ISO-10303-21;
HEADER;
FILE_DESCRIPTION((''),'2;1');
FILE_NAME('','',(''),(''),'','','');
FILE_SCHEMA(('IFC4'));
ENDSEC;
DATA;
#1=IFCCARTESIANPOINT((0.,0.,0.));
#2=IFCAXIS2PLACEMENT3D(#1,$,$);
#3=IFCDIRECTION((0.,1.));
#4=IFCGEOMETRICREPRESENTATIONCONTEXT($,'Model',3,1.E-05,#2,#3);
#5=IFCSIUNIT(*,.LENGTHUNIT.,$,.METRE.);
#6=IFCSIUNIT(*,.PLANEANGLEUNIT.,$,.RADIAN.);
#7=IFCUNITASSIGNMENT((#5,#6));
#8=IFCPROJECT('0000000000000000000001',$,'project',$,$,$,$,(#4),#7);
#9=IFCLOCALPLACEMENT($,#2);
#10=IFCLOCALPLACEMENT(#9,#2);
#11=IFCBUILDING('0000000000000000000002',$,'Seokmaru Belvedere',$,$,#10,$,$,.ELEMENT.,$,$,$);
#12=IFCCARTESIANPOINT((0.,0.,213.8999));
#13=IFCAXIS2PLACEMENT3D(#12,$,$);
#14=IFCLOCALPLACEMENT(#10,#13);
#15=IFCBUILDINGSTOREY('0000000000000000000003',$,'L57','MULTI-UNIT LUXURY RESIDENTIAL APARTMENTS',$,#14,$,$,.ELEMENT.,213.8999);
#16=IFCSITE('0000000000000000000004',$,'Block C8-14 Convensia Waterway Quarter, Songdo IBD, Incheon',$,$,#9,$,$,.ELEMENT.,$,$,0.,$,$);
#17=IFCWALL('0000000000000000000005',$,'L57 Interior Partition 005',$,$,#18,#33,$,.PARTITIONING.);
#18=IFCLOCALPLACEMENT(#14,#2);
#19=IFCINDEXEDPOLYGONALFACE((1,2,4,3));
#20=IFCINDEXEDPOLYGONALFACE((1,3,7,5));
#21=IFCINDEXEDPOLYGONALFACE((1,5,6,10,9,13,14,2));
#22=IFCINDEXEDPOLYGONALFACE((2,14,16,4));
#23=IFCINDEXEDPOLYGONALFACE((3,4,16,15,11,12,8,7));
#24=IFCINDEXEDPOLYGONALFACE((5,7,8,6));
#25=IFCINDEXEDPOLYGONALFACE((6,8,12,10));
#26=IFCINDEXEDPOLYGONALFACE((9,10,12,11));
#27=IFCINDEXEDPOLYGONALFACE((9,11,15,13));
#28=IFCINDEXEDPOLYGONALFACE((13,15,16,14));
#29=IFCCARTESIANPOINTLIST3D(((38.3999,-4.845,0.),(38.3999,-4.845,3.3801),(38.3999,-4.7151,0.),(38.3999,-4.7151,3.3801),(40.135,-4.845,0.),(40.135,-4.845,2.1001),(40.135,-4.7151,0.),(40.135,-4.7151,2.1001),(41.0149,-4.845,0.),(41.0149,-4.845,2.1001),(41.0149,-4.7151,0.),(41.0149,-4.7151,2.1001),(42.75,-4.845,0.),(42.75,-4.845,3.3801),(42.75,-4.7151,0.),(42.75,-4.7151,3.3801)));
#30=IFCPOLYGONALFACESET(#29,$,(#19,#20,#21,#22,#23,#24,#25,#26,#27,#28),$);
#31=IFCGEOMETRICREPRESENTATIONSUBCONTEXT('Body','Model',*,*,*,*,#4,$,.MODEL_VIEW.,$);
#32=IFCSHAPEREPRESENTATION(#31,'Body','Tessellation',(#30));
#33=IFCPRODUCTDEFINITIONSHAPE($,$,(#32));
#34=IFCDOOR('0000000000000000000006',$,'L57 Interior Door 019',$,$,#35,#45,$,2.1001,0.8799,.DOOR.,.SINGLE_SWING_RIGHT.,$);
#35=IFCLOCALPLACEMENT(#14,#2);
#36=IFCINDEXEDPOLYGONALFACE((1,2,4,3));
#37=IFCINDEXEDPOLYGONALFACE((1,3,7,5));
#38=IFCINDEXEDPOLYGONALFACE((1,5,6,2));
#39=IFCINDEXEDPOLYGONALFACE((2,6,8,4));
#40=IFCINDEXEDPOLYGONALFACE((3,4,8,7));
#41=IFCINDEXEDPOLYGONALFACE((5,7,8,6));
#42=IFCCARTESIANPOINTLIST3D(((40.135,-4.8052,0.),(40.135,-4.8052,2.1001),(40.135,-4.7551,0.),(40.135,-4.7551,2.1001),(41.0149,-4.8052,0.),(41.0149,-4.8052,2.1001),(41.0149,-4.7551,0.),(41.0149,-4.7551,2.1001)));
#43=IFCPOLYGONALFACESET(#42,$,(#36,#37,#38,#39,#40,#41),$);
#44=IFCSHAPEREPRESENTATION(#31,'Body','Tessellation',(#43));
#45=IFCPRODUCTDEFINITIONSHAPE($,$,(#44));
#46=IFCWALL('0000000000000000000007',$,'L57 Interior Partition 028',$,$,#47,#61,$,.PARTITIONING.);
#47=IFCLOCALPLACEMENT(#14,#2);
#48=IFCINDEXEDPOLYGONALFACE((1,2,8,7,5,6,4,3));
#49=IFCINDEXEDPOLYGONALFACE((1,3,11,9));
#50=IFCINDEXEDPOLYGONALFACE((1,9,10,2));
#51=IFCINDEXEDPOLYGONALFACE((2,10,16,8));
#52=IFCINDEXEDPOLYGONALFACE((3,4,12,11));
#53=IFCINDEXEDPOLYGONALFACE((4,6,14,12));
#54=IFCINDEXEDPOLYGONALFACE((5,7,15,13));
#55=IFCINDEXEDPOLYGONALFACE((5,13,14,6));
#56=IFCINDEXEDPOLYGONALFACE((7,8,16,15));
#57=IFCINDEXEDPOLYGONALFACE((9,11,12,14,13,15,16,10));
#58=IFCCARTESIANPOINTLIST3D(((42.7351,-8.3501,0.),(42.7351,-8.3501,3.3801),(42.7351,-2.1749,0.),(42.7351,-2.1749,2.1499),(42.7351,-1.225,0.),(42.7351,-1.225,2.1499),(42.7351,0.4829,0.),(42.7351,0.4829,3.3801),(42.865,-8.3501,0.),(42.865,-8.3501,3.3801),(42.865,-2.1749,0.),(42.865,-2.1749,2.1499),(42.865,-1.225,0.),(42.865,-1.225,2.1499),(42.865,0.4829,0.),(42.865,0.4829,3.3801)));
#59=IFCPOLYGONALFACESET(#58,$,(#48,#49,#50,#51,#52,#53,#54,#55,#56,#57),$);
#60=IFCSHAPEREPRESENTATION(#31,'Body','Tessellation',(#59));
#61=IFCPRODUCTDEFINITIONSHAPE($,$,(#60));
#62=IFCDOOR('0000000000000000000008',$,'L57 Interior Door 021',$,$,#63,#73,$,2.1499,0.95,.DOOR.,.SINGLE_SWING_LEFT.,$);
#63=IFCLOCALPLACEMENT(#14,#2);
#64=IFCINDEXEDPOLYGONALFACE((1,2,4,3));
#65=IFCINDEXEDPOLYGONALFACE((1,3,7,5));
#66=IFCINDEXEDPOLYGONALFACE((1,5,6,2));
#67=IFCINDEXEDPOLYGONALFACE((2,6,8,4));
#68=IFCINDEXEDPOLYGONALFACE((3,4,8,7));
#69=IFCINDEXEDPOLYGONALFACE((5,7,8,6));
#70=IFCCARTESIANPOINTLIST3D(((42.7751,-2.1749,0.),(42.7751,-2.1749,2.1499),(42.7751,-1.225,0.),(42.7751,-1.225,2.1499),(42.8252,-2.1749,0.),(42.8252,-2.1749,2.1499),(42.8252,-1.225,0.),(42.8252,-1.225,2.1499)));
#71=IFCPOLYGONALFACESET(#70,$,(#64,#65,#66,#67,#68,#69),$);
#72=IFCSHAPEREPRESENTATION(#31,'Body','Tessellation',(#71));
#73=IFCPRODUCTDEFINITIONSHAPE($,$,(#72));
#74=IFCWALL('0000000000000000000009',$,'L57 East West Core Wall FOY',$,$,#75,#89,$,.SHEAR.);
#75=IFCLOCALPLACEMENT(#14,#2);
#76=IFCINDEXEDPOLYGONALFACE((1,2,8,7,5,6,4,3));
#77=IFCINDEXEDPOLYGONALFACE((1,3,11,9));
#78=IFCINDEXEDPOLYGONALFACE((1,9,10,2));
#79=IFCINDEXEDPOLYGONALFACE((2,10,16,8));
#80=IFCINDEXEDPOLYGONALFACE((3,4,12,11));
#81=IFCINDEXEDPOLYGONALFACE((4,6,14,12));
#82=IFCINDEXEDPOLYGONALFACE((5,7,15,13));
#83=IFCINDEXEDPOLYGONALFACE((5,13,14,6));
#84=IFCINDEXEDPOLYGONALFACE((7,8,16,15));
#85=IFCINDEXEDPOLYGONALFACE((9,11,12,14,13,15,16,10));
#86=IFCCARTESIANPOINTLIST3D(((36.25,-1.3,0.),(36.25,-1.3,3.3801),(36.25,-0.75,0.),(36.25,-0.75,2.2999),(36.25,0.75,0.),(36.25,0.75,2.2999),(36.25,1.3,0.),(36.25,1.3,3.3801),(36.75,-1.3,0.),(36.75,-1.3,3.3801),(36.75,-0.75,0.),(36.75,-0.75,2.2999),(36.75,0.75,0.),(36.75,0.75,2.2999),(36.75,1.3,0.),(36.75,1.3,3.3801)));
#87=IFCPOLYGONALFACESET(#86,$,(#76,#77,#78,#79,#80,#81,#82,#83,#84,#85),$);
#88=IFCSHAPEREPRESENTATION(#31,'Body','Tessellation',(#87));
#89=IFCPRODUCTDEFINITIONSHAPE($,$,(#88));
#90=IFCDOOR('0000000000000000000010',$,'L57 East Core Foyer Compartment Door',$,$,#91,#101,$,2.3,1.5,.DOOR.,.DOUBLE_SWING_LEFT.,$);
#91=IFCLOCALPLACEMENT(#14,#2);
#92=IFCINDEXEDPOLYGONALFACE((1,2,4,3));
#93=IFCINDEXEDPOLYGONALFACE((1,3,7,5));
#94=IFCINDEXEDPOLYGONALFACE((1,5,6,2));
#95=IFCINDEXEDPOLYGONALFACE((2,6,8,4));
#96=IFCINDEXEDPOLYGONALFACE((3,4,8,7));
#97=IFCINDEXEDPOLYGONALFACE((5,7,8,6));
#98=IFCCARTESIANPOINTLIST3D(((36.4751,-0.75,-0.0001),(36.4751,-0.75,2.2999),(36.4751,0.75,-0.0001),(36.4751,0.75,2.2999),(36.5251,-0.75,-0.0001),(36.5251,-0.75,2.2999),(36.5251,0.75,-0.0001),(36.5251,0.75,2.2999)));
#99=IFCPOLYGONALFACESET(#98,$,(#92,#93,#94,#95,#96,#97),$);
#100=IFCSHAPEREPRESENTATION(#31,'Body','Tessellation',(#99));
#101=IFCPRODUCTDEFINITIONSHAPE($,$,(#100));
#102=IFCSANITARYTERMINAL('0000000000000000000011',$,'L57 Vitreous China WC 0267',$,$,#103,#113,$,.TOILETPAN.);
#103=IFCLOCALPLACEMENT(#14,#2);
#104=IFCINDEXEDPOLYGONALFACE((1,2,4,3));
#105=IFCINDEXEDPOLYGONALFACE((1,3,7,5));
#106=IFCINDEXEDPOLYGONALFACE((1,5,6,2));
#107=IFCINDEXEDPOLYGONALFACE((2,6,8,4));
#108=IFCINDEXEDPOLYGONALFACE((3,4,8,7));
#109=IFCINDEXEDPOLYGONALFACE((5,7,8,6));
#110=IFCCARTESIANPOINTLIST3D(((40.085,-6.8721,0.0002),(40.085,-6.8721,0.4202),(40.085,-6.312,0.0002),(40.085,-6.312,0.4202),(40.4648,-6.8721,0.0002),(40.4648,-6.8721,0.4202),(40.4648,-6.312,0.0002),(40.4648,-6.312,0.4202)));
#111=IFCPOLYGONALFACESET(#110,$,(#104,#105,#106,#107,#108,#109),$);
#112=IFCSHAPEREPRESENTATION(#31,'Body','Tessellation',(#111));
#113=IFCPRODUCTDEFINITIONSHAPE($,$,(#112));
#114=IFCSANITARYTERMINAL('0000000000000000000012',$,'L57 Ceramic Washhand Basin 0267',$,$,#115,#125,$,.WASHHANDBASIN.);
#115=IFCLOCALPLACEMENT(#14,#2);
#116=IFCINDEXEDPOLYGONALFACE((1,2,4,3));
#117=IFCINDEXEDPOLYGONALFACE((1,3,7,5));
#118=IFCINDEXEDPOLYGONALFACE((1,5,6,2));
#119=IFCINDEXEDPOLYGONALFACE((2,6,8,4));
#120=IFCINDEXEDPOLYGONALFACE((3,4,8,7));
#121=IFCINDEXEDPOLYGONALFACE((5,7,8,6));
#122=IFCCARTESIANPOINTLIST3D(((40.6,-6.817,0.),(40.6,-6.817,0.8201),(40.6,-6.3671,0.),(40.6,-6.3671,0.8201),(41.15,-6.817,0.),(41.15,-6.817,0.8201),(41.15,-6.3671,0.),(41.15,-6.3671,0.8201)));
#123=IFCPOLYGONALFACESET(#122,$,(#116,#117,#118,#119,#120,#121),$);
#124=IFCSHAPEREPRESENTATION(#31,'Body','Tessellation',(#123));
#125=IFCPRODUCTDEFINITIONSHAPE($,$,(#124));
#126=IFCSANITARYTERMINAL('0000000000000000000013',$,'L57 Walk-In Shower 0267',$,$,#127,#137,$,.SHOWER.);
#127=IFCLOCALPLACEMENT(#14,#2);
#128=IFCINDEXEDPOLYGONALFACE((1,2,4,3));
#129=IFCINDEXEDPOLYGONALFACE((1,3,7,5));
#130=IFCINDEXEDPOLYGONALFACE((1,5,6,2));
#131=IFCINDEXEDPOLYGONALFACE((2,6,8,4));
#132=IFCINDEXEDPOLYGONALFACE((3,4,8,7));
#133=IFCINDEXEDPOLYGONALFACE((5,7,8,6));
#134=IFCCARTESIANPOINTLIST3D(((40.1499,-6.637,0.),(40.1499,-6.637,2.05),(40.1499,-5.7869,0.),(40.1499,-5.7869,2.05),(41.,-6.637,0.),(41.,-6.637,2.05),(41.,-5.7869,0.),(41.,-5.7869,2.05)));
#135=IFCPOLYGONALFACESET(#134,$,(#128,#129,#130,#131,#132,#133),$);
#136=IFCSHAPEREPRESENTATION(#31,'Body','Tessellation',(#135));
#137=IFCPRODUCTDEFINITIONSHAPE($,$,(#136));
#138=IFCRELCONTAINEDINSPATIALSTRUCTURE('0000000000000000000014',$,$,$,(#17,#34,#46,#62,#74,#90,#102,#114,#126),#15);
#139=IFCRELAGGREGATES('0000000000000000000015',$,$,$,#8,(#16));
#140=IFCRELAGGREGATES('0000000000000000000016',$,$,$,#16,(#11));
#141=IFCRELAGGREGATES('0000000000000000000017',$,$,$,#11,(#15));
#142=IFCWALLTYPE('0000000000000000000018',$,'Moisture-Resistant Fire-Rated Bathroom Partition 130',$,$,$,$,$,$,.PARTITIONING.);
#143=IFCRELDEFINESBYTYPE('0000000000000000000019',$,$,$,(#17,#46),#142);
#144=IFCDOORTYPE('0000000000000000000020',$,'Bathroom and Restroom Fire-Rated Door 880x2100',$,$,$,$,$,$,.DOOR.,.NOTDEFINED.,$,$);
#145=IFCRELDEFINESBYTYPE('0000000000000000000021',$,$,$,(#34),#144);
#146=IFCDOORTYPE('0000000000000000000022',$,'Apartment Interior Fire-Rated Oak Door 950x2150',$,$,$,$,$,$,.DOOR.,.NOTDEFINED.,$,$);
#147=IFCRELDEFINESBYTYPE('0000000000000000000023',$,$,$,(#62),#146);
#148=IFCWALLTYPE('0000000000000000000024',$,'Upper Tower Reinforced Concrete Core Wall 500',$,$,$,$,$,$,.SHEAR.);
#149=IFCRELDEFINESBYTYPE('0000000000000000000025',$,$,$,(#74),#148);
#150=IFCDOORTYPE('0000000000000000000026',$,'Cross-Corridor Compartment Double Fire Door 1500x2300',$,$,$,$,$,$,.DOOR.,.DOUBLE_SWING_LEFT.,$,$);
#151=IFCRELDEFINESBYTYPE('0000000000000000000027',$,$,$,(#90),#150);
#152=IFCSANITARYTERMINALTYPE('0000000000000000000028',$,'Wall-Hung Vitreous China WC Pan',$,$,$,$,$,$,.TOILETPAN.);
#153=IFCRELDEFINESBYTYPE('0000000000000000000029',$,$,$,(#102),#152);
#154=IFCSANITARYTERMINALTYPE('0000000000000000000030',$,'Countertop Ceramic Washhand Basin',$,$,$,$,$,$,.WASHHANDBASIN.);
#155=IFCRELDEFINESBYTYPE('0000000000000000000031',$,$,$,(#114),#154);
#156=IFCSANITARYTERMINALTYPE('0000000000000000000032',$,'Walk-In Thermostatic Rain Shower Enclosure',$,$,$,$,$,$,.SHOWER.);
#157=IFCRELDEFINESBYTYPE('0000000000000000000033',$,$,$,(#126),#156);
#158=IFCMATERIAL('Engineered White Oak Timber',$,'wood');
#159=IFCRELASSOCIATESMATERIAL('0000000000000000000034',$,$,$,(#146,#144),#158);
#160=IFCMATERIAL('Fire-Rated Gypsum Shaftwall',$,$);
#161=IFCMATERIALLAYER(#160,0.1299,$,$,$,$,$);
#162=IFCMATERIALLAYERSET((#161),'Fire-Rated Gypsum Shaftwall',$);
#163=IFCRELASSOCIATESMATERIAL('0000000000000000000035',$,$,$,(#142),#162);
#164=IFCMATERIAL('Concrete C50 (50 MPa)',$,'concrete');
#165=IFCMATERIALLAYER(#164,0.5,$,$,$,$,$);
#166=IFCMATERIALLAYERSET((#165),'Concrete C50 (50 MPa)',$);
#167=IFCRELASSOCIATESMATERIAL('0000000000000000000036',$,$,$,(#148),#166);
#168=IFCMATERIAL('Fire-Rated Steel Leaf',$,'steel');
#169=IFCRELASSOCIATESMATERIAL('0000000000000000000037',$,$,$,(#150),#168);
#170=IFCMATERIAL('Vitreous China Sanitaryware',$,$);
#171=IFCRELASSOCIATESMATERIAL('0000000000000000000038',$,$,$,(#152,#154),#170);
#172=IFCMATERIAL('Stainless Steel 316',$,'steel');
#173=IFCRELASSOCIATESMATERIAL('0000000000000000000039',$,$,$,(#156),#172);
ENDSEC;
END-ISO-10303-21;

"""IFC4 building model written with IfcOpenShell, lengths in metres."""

from ifc_helpers import new_model, si_unit, direction, frame, frame_2d, origin, origin_2d, place, context, subcontext, project, spatial, rectangle, extrude, source, transform, mapped, material, layer, layer_set, type_object, type_shapes, element, fill, save


model = new_model("IFC4")

# Units and contexts
model_context = context("Model", 3, precision=1e-05, world=origin(), true_north=direction((0.0, 1.0)))
body_context = subcontext(model_context, "Body", "Model", "MODEL_VIEW")
ifc_project = project(units=[si_unit("LENGTHUNIT", "METRE"), si_unit("PLANEANGLEUNIT", "RADIAN")], contexts=[model_context])

# Site, building, storey
site_placement = place(None, origin())
site = spatial("IfcSite", under=ifc_project, at=site_placement, Name="Block C8-14 Convensia Waterway Quarter, Songdo IBD, Incheon", CompositionType="ELEMENT", RefElevation=0.0)
building_placement = place(site_placement, origin())
building = spatial("IfcBuilding", under=site, at=building_placement, Name="Seokmaru Belvedere", CompositionType="ELEMENT")
storey_placement = place(building_placement, frame((0.0, 0.0, 213.8999)))
storey = spatial("IfcBuildingStorey", under=building, at=storey_placement, Name="L57", Description="MULTI-UNIT LUXURY RESIDENTIAL APARTMENTS", CompositionType="ELEMENT", Elevation=213.8999)

# Shared definitions
ifc_material_1 = material(Name="Fire-Rated Gypsum Shaftwall")
ifc_material_2 = material(Name="Engineered White Oak Timber", Category="wood")
door_type_1 = type_object("IfcDoorType", Name="Apartment Interior Fire-Rated Oak Door 950x2150", OperationType="NOTDEFINED", PredefinedType="DOOR", material=ifc_material_2)
shared_shape_1 = source(origin(), body_context, "Body", "SweptSolid", [
    extrude(rectangle(XDim=0.95, YDim=2.1499, at=frame_2d((0.4751, 1.075))), frame((0.0, 0.0249, 0.0), z_axis=(0.0, -1.0, 0.0), x_axis=(1.0, 0.0, 0.0)), (0.0, 0.0, 1.0), 0.05),
])
type_shapes(door_type_1, [shared_shape_1])

# Walls, openings, doors
ifc_layer_1 = layer(ifc_material_1, 0.1299)
ifc_layer_set_1 = layer_set([ifc_layer_1], Name="Fire-Rated Gypsum Shaftwall")
wall_type_1 = type_object("IfcWallType", Name="Moisture-Resistant Fire-Rated Bathroom Partition 130", PredefinedType="PARTITIONING", material=ifc_layer_set_1)
wall_1_placement = place(storey_placement, frame((38.3999, -4.78, 0.0), z_axis=(0.0, 0.0, 1.0), x_axis=(1.0, 0.0, 0.0)))
wall_1 = element("IfcWall", 1, at=wall_1_placement, inside=storey, type_object=wall_type_1, Name="L57 Interior Partition 005", PredefinedType="PARTITIONING", context=body_context, shape_type="SweptSolid", body=[
    extrude(rectangle(XDim=4.3501, YDim=0.1299, at=frame_2d((2.175, 0.0))), origin(), (0.0, 0.0, 1.0), 3.3801),
])
opening_1_placement = place(wall_1_placement, frame((1.7351, 0.0, 0.0)))
opening_1 = element("IfcOpeningElement", 2, at=opening_1_placement, cuts=wall_1, PredefinedType="OPENING", context=body_context, shape_type="SweptSolid", body=[
    extrude(rectangle(XDim=0.8799, YDim=2.1001, at=frame_2d((0.4399, 1.05))), frame((0.0, 0.075, 0.0), z_axis=(0.0, -1.0, 0.0), x_axis=(1.0, 0.0, 0.0)), (0.0, 0.0, 1.0), 0.1499),
])
door_type_2 = type_object("IfcDoorType", Name="Bathroom and Restroom Fire-Rated Door 880x2100", OperationType="NOTDEFINED", PredefinedType="DOOR", material=ifc_material_2)
shared_shape_2 = source(origin(), body_context, "Body", "SweptSolid", [
    extrude(rectangle(XDim=0.8799, YDim=2.1001, at=frame_2d((0.4399, 1.05))), frame((0.0, 0.0249, 0.0), z_axis=(0.0, -1.0, 0.0), x_axis=(1.0, 0.0, 0.0)), (0.0, 0.0, 1.0), 0.05),
])
type_shapes(door_type_2, [shared_shape_2])
door_1_placement = place(opening_1_placement, origin())
door_1 = element("IfcDoor", 3, at=door_1_placement, inside=storey, type_object=door_type_2, Name="L57 Interior Door 019", OperationType="SINGLE_SWING_RIGHT", OverallHeight=2.1001, OverallWidth=0.8799, PredefinedType="DOOR", context=body_context, shape_type="MappedRepresentation", body=[
    mapped(shared_shape_2, transform((0.0, 0.0, 0.0), scale=1.0)),
])
fill(opening_1, door_1)
wall_2_placement = place(storey_placement, frame((42.8, -8.3501, 0.0), z_axis=(0.0, 0.0, 1.0), x_axis=(0.0, 1.0, 0.0)))
wall_2 = element("IfcWall", 4, at=wall_2_placement, inside=storey, type_object=wall_type_1, Name="L57 Interior Partition 028", PredefinedType="PARTITIONING", context=body_context, shape_type="SweptSolid", body=[
    extrude(rectangle(XDim=8.833, YDim=0.1299, at=frame_2d((4.4165, 0.0))), origin(), (0.0, 0.0, 1.0), 3.3801),
])
opening_2_placement = place(wall_2_placement, frame((6.175, 0.0, 0.0)))
opening_2 = element("IfcOpeningElement", 5, at=opening_2_placement, cuts=wall_2, PredefinedType="OPENING", context=body_context, shape_type="SweptSolid", body=[
    extrude(rectangle(XDim=0.95, YDim=2.1499, at=frame_2d((0.4751, 1.075))), frame((0.0, 0.075, 0.0), z_axis=(0.0, -1.0, 0.0), x_axis=(1.0, 0.0, 0.0)), (0.0, 0.0, 1.0), 0.1499),
])
door_2_placement = place(opening_2_placement, origin())
door_2 = element("IfcDoor", 6, at=door_2_placement, inside=storey, type_object=door_type_1, Name="L57 Interior Door 021", OperationType="SINGLE_SWING_LEFT", OverallHeight=2.1499, OverallWidth=0.95, PredefinedType="DOOR", context=body_context, shape_type="MappedRepresentation", body=[
    mapped(shared_shape_1, transform((0.0, 0.0, 0.0), scale=1.0)),
])
fill(opening_2, door_2)
ifc_material_3 = material(Name="Concrete C50 (50 MPa)", Category="concrete")
ifc_layer_2 = layer(ifc_material_3, 0.5)
ifc_layer_set_2 = layer_set([ifc_layer_2], Name="Concrete C50 (50 MPa)")
wall_type_2 = type_object("IfcWallType", Name="Upper Tower Reinforced Concrete Core Wall 500", PredefinedType="SHEAR", material=ifc_layer_set_2)
wall_3_placement = place(storey_placement, frame((36.5, -1.3, 0.0), z_axis=(0.0, 0.0, 1.0), x_axis=(0.0, 1.0, 0.0)))
wall_3 = element("IfcWall", 7, at=wall_3_placement, inside=storey, type_object=wall_type_2, Name="L57 East West Core Wall FOY", PredefinedType="SHEAR", context=body_context, shape_type="SweptSolid", body=[
    extrude(rectangle(XDim=2.6001, YDim=0.5, at=frame_2d((1.3, 0.0))), origin(), (0.0, 0.0, 1.0), 3.3801),
])
opening_3_placement = place(wall_3_placement, frame((0.55, 0.0, 0.0)))
opening_3 = element("IfcOpeningElement", 8, at=opening_3_placement, cuts=wall_3, PredefinedType="OPENING", context=body_context, shape_type="SweptSolid", body=[
    extrude(rectangle(XDim=1.5, YDim=2.3, at=frame_2d((0.75, 1.1499))), frame((0.0, 0.26, 0.0), z_axis=(0.0, -1.0, 0.0), x_axis=(1.0, 0.0, 0.0)), (0.0, 0.0, 1.0), 0.52),
])
ifc_material_4 = material(Name="Fire-Rated Steel Leaf", Category="steel")
door_type_3 = type_object("IfcDoorType", Name="Cross-Corridor Compartment Double Fire Door 1500x2300", OperationType="DOUBLE_SWING_LEFT", PredefinedType="DOOR", material=ifc_material_4)
shared_shape_3 = source(origin(), body_context, "Body", "SweptSolid", [
    extrude(rectangle(XDim=1.5, YDim=2.3, at=frame_2d((0.75, 1.1499))), frame((0.0, 0.0249, 0.0), z_axis=(0.0, -1.0, 0.0), x_axis=(1.0, 0.0, 0.0)), (0.0, 0.0, 1.0), 0.05),
])
type_shapes(door_type_3, [shared_shape_3])
door_3_placement = place(opening_3_placement, origin())
door_3 = element("IfcDoor", 9, at=door_3_placement, inside=storey, type_object=door_type_3, Name="L57 East Core Foyer Compartment Door", OperationType="DOUBLE_SWING_LEFT", OverallHeight=2.3, OverallWidth=1.5, PredefinedType="DOOR", context=body_context, shape_type="MappedRepresentation", body=[
    mapped(shared_shape_3, transform((0.0, 0.0, 0.0), scale=1.0)),
])
fill(opening_3, door_3)

# Sanitary terminals
ifc_material_5 = material(Name="Vitreous China Sanitaryware")
sanitary_terminal_type_1 = type_object("IfcSanitaryTerminalType", Name="Wall-Hung Vitreous China WC Pan", PredefinedType="TOILETPAN", material=ifc_material_5)
shared_shape_4 = source(origin(), body_context, "Body", "SweptSolid", [
    extrude(rectangle(XDim=0.3799, YDim=0.5601, at=origin_2d()), origin(), (0.0, 0.0, 1.0), 0.4199),
])
type_shapes(sanitary_terminal_type_1, [shared_shape_4])
sanitary_terminal_1_placement = place(storey_placement, frame((40.2749, -6.592, 0.0002), z_axis=(0.0, 0.0, 1.0), x_axis=(1.0, 0.0, 0.0)))
element("IfcSanitaryTerminal", 10, at=sanitary_terminal_1_placement, inside=storey, type_object=sanitary_terminal_type_1, Name="L57 Vitreous China WC 0267", PredefinedType="TOILETPAN", context=body_context, shape_type="MappedRepresentation", body=[
    mapped(shared_shape_4, transform((0.0, 0.0, 0.0), scale=1.0)),
])
sanitary_terminal_type_2 = type_object("IfcSanitaryTerminalType", Name="Countertop Ceramic Washhand Basin", PredefinedType="WASHHANDBASIN", material=ifc_material_5)
shared_shape_5 = source(origin(), body_context, "Body", "SweptSolid", [
    extrude(rectangle(XDim=0.55, YDim=0.45, at=origin_2d()), origin(), (0.0, 0.0, 1.0), 0.8201),
])
type_shapes(sanitary_terminal_type_2, [shared_shape_5])
sanitary_terminal_2_placement = place(storey_placement, frame((40.875, -6.592, 0.0), z_axis=(0.0, 0.0, 1.0), x_axis=(1.0, 0.0, 0.0)))
element("IfcSanitaryTerminal", 11, at=sanitary_terminal_2_placement, inside=storey, type_object=sanitary_terminal_type_2, Name="L57 Ceramic Washhand Basin 0267", PredefinedType="WASHHANDBASIN", context=body_context, shape_type="MappedRepresentation", body=[
    mapped(shared_shape_5, transform((0.0, 0.0, 0.0), scale=1.0)),
])
ifc_material_6 = material(Name="Stainless Steel 316", Category="steel")
sanitary_terminal_type_3 = type_object("IfcSanitaryTerminalType", Name="Walk-In Thermostatic Rain Shower Enclosure", PredefinedType="SHOWER", material=ifc_material_6)
shared_shape_6 = source(origin(), body_context, "Body", "SweptSolid", [
    extrude(rectangle(XDim=0.8501, YDim=0.8501, at=origin_2d()), origin(), (0.0, 0.0, 1.0), 2.05),
])
type_shapes(sanitary_terminal_type_3, [shared_shape_6])
sanitary_terminal_3_placement = place(storey_placement, frame((40.575, -6.2119, 0.0), z_axis=(0.0, 0.0, 1.0), x_axis=(1.0, 0.0, 0.0)))
element("IfcSanitaryTerminal", 12, at=sanitary_terminal_3_placement, inside=storey, type_object=sanitary_terminal_type_3, Name="L57 Walk-In Shower 0267", PredefinedType="SHOWER", context=body_context, shape_type="MappedRepresentation", body=[
    mapped(shared_shape_6, transform((0.0, 0.0, 0.0), scale=1.0)),
])

save(model, "model.ifc")
